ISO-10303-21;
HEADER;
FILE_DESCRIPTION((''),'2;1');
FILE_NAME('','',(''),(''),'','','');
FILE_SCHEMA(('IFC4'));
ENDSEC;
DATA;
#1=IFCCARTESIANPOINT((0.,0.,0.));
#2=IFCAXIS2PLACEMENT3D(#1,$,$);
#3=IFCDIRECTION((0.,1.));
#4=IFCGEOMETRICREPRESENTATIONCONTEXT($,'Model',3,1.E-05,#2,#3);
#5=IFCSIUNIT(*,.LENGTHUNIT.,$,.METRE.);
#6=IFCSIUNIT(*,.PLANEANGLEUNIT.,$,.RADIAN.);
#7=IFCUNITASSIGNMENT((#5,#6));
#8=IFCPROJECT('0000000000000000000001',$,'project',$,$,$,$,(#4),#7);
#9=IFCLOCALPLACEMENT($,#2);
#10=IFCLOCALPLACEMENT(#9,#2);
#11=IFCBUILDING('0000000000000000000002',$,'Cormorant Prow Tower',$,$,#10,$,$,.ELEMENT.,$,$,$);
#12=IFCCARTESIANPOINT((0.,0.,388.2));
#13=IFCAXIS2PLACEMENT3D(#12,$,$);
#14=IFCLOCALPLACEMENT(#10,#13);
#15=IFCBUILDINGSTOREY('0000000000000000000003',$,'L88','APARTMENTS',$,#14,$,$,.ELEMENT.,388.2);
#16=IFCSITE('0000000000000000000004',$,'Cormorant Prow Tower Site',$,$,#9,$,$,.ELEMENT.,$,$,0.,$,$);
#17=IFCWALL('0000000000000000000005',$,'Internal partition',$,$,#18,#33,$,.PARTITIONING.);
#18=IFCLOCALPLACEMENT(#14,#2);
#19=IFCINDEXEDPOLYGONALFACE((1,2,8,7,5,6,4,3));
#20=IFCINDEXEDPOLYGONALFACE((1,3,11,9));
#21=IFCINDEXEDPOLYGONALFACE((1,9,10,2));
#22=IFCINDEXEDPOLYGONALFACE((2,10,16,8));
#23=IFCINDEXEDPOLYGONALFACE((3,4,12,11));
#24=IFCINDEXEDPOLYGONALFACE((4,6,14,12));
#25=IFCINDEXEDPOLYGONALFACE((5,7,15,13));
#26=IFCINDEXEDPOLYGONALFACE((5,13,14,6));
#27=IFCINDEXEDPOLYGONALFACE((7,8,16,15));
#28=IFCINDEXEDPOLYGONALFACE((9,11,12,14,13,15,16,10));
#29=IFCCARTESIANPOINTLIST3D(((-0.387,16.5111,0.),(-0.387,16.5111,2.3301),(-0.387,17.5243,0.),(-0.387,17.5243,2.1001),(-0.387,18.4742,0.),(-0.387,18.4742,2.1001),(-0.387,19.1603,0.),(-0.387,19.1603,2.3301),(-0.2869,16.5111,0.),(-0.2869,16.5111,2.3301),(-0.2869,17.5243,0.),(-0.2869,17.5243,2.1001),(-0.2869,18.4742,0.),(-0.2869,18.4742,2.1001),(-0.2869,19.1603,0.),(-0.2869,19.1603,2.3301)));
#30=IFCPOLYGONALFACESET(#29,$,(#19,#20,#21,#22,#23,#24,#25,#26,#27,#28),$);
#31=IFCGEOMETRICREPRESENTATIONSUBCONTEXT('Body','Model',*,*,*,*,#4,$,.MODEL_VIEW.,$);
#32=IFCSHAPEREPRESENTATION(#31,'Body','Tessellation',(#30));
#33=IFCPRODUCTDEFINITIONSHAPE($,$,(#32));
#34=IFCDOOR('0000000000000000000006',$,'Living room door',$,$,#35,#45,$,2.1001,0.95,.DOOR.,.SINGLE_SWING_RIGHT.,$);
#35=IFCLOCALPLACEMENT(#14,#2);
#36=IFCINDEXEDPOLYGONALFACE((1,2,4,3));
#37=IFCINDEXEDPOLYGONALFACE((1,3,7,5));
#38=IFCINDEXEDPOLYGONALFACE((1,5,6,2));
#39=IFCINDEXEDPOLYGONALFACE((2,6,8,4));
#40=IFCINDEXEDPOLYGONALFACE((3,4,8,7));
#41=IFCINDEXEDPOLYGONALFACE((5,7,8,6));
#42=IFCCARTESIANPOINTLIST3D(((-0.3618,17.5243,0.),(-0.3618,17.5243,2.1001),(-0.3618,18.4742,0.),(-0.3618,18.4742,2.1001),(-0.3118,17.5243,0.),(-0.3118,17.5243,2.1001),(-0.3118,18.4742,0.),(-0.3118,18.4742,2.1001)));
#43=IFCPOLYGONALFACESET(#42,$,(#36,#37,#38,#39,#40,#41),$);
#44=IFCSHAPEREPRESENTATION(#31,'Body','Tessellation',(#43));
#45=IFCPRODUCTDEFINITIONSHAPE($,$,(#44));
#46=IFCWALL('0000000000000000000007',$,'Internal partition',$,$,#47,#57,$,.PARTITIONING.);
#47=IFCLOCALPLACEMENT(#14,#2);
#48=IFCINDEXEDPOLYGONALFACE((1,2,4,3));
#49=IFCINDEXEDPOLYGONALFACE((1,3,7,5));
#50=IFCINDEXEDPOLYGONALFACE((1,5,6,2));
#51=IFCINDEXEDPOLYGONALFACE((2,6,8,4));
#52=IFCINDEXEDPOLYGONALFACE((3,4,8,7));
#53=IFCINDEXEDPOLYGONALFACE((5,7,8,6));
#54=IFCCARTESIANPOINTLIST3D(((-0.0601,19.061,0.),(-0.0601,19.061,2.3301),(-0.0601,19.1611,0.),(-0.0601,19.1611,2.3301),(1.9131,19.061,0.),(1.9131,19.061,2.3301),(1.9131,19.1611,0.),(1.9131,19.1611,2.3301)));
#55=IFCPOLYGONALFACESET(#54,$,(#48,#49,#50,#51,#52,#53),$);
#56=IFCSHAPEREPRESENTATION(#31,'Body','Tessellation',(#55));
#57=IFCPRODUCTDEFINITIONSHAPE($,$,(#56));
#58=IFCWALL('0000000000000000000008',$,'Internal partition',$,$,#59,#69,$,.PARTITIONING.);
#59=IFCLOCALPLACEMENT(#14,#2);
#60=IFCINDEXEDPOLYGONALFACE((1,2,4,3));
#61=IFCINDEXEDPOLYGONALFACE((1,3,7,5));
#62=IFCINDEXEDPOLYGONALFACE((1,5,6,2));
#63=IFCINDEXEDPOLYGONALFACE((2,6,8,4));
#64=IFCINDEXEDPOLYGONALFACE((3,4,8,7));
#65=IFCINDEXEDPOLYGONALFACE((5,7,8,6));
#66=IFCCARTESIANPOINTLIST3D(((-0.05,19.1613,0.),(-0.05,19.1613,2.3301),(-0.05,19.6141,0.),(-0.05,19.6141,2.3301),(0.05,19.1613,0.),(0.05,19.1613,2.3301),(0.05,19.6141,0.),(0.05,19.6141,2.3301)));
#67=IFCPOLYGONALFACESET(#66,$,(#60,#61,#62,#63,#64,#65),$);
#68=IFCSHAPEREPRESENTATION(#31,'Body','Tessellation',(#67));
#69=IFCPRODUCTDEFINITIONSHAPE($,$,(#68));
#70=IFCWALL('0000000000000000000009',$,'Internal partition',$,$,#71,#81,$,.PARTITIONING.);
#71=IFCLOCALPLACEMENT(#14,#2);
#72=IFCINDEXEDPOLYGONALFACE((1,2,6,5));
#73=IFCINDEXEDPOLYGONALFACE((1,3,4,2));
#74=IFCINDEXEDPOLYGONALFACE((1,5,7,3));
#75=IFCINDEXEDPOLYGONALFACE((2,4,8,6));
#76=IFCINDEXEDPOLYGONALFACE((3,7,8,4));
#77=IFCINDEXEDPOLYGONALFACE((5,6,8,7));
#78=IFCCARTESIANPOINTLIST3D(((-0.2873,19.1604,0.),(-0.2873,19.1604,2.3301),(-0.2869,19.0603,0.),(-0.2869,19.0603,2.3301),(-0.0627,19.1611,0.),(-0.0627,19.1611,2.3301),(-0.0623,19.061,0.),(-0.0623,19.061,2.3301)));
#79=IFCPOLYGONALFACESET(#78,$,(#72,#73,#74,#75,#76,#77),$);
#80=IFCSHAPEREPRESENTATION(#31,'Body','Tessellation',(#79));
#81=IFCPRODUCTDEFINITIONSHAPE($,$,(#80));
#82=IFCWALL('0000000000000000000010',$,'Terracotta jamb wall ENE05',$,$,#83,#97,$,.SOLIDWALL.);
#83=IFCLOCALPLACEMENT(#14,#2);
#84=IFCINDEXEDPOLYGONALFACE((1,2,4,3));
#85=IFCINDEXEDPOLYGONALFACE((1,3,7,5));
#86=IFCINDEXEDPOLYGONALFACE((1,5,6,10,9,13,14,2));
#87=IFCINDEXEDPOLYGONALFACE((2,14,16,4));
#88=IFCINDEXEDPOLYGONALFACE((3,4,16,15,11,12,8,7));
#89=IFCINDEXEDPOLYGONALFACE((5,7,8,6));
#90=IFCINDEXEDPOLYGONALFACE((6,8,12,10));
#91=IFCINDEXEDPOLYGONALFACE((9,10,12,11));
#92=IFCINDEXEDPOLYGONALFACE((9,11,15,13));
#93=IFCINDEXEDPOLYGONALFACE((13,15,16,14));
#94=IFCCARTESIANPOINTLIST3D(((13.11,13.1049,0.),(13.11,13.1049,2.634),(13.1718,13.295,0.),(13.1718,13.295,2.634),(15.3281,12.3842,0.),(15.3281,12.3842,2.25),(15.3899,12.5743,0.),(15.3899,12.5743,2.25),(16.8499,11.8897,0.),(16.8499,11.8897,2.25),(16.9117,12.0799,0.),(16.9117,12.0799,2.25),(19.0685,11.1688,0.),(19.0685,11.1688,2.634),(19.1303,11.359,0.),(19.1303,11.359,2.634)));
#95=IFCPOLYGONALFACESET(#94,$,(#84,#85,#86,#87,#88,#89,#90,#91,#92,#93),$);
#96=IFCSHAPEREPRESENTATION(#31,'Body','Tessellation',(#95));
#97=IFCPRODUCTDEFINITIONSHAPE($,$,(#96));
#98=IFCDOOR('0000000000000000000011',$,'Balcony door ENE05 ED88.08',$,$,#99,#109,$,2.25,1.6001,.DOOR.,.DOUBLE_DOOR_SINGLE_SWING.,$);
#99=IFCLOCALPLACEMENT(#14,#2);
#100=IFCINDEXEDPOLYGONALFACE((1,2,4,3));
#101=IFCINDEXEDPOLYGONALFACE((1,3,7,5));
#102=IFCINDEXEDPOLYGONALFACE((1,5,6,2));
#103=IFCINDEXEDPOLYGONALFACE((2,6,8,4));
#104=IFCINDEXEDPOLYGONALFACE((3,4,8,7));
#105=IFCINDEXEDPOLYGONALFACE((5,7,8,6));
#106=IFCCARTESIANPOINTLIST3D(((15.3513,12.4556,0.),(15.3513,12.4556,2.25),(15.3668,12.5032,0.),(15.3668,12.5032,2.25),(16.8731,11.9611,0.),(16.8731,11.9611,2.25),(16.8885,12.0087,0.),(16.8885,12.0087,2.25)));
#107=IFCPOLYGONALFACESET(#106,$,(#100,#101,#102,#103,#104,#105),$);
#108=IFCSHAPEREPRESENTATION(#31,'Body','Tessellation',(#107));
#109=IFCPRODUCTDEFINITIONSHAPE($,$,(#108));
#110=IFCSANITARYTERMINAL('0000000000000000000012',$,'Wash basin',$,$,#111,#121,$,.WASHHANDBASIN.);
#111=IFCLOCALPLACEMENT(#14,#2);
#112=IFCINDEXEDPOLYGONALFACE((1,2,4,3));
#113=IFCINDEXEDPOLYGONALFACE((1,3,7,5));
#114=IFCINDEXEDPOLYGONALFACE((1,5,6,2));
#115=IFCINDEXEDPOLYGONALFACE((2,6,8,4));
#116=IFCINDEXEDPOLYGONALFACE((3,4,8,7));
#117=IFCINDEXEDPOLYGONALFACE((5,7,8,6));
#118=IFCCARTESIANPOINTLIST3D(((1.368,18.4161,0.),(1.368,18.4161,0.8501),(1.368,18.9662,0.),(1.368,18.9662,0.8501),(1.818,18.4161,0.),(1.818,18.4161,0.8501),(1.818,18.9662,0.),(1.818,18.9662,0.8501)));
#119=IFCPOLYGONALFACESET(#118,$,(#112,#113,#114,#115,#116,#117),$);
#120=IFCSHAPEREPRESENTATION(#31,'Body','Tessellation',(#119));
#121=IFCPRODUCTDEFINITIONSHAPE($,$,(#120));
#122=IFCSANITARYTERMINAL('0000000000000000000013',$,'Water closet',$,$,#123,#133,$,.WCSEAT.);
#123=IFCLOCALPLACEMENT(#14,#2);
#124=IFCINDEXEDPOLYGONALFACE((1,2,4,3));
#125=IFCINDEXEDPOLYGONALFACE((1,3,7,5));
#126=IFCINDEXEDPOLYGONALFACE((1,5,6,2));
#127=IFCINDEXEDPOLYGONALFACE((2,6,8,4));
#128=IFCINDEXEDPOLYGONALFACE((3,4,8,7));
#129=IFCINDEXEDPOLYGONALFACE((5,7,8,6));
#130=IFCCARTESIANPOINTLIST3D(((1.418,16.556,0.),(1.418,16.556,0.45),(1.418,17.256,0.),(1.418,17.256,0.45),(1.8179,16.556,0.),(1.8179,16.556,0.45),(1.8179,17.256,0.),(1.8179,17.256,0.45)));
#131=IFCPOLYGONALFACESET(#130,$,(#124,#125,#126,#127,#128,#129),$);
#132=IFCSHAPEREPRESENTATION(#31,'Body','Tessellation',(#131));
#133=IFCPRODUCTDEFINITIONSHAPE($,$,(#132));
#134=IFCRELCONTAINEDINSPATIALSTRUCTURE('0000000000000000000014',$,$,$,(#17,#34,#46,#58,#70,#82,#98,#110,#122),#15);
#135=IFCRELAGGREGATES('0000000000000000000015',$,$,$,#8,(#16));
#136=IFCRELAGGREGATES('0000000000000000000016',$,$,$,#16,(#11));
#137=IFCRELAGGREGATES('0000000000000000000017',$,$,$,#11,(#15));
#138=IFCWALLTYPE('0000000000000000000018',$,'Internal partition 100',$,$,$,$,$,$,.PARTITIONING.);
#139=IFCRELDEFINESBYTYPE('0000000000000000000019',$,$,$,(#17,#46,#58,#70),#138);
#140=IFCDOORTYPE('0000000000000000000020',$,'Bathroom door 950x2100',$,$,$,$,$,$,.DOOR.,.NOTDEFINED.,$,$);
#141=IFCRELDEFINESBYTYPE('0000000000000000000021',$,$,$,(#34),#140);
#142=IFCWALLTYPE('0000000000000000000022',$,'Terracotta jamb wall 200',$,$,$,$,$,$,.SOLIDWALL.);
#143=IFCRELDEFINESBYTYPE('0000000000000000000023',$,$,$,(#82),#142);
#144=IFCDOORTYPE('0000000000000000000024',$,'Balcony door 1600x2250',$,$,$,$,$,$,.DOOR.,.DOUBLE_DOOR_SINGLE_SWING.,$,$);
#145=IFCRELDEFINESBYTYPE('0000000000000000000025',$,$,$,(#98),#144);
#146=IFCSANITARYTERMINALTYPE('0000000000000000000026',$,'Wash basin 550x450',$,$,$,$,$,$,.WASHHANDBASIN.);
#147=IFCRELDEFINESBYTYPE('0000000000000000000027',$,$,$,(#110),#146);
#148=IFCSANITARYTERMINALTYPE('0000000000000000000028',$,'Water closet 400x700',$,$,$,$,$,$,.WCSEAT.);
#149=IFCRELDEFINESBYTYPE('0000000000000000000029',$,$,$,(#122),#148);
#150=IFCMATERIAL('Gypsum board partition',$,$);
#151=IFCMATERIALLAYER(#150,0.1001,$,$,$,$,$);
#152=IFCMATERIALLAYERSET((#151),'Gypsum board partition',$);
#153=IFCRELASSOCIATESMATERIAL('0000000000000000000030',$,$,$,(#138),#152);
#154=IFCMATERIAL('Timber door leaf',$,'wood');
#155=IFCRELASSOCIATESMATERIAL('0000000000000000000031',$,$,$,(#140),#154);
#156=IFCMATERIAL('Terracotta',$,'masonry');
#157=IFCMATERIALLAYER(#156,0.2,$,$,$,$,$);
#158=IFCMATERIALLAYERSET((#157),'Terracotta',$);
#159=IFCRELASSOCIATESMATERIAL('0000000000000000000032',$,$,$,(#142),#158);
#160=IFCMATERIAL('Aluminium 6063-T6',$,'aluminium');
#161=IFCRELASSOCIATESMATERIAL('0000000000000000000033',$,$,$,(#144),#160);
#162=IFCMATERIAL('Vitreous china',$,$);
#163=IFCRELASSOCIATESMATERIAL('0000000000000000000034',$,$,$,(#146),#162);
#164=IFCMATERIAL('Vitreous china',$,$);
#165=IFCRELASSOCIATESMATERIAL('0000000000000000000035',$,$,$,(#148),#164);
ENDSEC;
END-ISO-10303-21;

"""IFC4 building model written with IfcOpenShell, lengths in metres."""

from ifc_helpers import new_model, si_unit, direction, frame, frame_2d, origin, origin_2d, place, context, subcontext, project, spatial, rectangle, extrude, material, layer, layer_set, type_object, element, fill, save


model = new_model("IFC4")

# Units and contexts
model_context = context("Model", 3, precision=1e-05, world=origin(), true_north=direction((0.0, 1.0)))
body_context = subcontext(model_context, "Body", "Model", "MODEL_VIEW")
ifc_project = project(units=[si_unit("LENGTHUNIT", "METRE"), si_unit("PLANEANGLEUNIT", "RADIAN")], contexts=[model_context])

# Site, building, storey
site_placement = place(None, origin())
site = spatial("IfcSite", under=ifc_project, at=site_placement, Name="Cormorant Prow Tower Site", CompositionType="ELEMENT", RefElevation=0.0)
building_placement = place(site_placement, origin())
building = spatial("IfcBuilding", under=site, at=building_placement, Name="Cormorant Prow Tower", CompositionType="ELEMENT")
storey_placement = place(building_placement, frame((0.0, 0.0, 388.2)))
storey = spatial("IfcBuildingStorey", under=building, at=storey_placement, Name="L88", Description="APARTMENTS", CompositionType="ELEMENT", Elevation=388.2)

# Shared definitions
ifc_material_1 = material(Name="Gypsum board partition")
ifc_layer_1 = layer(ifc_material_1, 0.1001)
ifc_layer_set_1 = layer_set([ifc_layer_1], Name="Gypsum board partition")
wall_type_1 = type_object("IfcWallType", Name="Internal partition 100", PredefinedType="PARTITIONING", material=ifc_layer_set_1)

# Wall, opening, door
wall_1_placement = place(storey_placement, frame((-0.3369, 16.511, 0.0), z_axis=(0.0, 0.0, 1.0), x_axis=(0.0, 1.0, 0.0)))
wall_1 = element("IfcWall", 1, at=wall_1_placement, inside=storey, type_object=wall_type_1, Name="Internal partition", PredefinedType="PARTITIONING", context=body_context, shape_type="SweptSolid", body=[
    extrude(rectangle(XDim=2.6492, YDim=0.1001, at=frame_2d((1.3247, 0.0))), origin(), (0.0, 0.0, 1.0), 2.3301),
])
opening_1_placement = place(wall_1_placement, frame((1.0132, 0.0, 0.0)))
opening_1 = element("IfcOpeningElement", 2, at=opening_1_placement, cuts=wall_1, PredefinedType="OPENING", context=body_context, shape_type="SweptSolid", body=[
    extrude(rectangle(XDim=0.95, YDim=2.1001, at=frame_2d((0.4751, 1.05))), frame((0.0, 0.0601, 0.0), z_axis=(0.0, -1.0, 0.0), x_axis=(1.0, 0.0, 0.0)), (0.0, 0.0, 1.0), 0.1201),
])
ifc_material_2 = material(Name="Timber door leaf", Category="wood")
door_type_1 = type_object("IfcDoorType", Name="Bathroom door 950x2100", OperationType="NOTDEFINED", PredefinedType="DOOR", material=ifc_material_2)
door_1_placement = place(opening_1_placement, origin())
door_1 = element("IfcDoor", 3, at=door_1_placement, inside=storey, type_object=door_type_1, Name="Living room door", OperationType="SINGLE_SWING_RIGHT", OverallHeight=2.1001, OverallWidth=0.95, PredefinedType="DOOR", context=body_context, shape_type="SweptSolid", body=[
    extrude(rectangle(XDim=0.95, YDim=2.1001, at=frame_2d((0.4751, 1.05))), frame((0.0, 0.0249, 0.0), z_axis=(0.0, -1.0, 0.0), x_axis=(1.0, 0.0, 0.0)), (0.0, 0.0, 1.0), 0.05),
])
fill(opening_1, door_1)

# Walls
wall_2_placement = place(storey_placement, frame((-0.0601, 19.1111, 0.0), z_axis=(0.0, 0.0, 1.0), x_axis=(1.0, 0.0, 0.0)))
element("IfcWall", 4, at=wall_2_placement, inside=storey, type_object=wall_type_1, Name="Internal partition", PredefinedType="PARTITIONING", context=body_context, shape_type="SweptSolid", body=[
    extrude(rectangle(XDim=1.9731, YDim=0.1001, at=frame_2d((0.9866, 0.0))), origin(), (0.0, 0.0, 1.0), 2.3301),
])
wall_3_placement = place(storey_placement, frame((0.0, 19.1611, 0.0), z_axis=(0.0, 0.0, 1.0), x_axis=(0.0, 1.0, 0.0)))
element("IfcWall", 5, at=wall_3_placement, inside=storey, type_object=wall_type_1, Name="Internal partition", PredefinedType="PARTITIONING", context=body_context, shape_type="SweptSolid", body=[
    extrude(rectangle(XDim=0.4529, YDim=0.1001, at=frame_2d((0.2266, 0.0))), origin(), (0.0, 0.0, 1.0), 2.3301),
])
wall_4_placement = place(storey_placement, frame((-0.2871, 19.1104, 0.0), z_axis=(0.0, 0.0, 1.0), x_axis=(0.999995, 0.003261, 0.0)))
element("IfcWall", 6, at=wall_4_placement, inside=storey, type_object=wall_type_1, Name="Internal partition", PredefinedType="PARTITIONING", context=body_context, shape_type="SweptSolid", body=[
    extrude(rectangle(XDim=0.2246, YDim=0.1001, at=frame_2d((0.1123, 0.0))), origin(), (0.0, 0.0, 1.0), 2.3301),
])

# Wall, opening, door
ifc_material_3 = material(Name="Terracotta", Category="masonry")
ifc_layer_2 = layer(ifc_material_3, 0.2)
ifc_layer_set_2 = layer_set([ifc_layer_2], Name="Terracotta")
wall_type_2 = type_object("IfcWallType", Name="Terracotta jamb wall 200", PredefinedType="SOLIDWALL", material=ifc_layer_set_2)
wall_5_placement = place(storey_placement, frame((19.0994, 11.2639, 0.0), z_axis=(0.0, 0.0, 1.0), x_axis=(-0.951056, 0.309017, 0.0)))
wall_5 = element("IfcWall", 7, at=wall_5_placement, inside=storey, type_object=wall_type_2, Name="Terracotta jamb wall ENE05", PredefinedType="SOLIDWALL", context=body_context, shape_type="SweptSolid", body=[
    extrude(rectangle(XDim=6.2651, YDim=0.2, at=frame_2d((3.1326, 0.0))), origin(), (0.0, 0.0, 1.0), 2.634),
])
opening_2_placement = place(wall_5_placement, frame((2.3328, 0.0, 0.0)))
opening_2 = element("IfcOpeningElement", 8, at=opening_2_placement, cuts=wall_5, PredefinedType="OPENING", context=body_context, shape_type="SweptSolid", body=[
    extrude(rectangle(XDim=1.6001, YDim=2.25, at=frame_2d((0.8, 1.125))), frame((0.0, 0.1099, 0.0), z_axis=(0.0, -1.0, 0.0), x_axis=(1.0, 0.0, 0.0)), (0.0, 0.0, 1.0), 0.22),
])
ifc_material_4 = material(Name="Aluminium 6063-T6", Category="aluminium")
door_type_2 = type_object("IfcDoorType", Name="Balcony door 1600x2250", OperationType="DOUBLE_DOOR_SINGLE_SWING", PredefinedType="DOOR", material=ifc_material_4)
door_2_placement = place(opening_2_placement, origin())
door_2 = element("IfcDoor", 9, at=door_2_placement, inside=storey, type_object=door_type_2, Name="Balcony door ENE05 ED88.08", OperationType="DOUBLE_DOOR_SINGLE_SWING", OverallHeight=2.25, OverallWidth=1.6001, PredefinedType="DOOR", context=body_context, shape_type="SweptSolid", body=[
    extrude(rectangle(XDim=1.6001, YDim=2.25, at=frame_2d((0.8, 1.125))), frame((0.0, 0.0249, 0.0), z_axis=(0.0, -1.0, 0.0), x_axis=(1.0, 0.0, 0.0)), (0.0, 0.0, 1.0), 0.05),
])
fill(opening_2, door_2)

# Sanitary terminals
ifc_material_5 = material(Name="Vitreous china")
sanitary_terminal_type_1 = type_object("IfcSanitaryTerminalType", Name="Wash basin 550x450", PredefinedType="WASHHANDBASIN", material=ifc_material_5)
sanitary_terminal_1_placement = place(storey_placement, frame((1.593, 18.6912, 0.0), z_axis=(0.0, 0.0, 1.0), x_axis=(0.0, -1.0, 0.0)))
element("IfcSanitaryTerminal", 10, at=sanitary_terminal_1_placement, inside=storey, type_object=sanitary_terminal_type_1, Name="Wash basin", PredefinedType="WASHHANDBASIN", context=body_context, shape_type="SweptSolid", body=[
    extrude(rectangle(XDim=0.55, YDim=0.45, at=origin_2d()), origin(), (0.0, 0.0, 1.0), 0.8501),
])
ifc_material_6 = material(Name="Vitreous china")
sanitary_terminal_type_2 = type_object("IfcSanitaryTerminalType", Name="Water closet 400x700", PredefinedType="WCSEAT", material=ifc_material_6)
sanitary_terminal_2_placement = place(storey_placement, frame((1.6179, 16.906, 0.0), z_axis=(0.0, 0.0, 1.0), x_axis=(-1.0, 0.0, 0.0)))
element("IfcSanitaryTerminal", 11, at=sanitary_terminal_2_placement, inside=storey, type_object=sanitary_terminal_type_2, Name="Water closet", PredefinedType="WCSEAT", context=body_context, shape_type="SweptSolid", body=[
    extrude(rectangle(XDim=0.3999, YDim=0.7, at=origin_2d()), origin(), (0.0, 0.0, 1.0), 0.45),
])

save(model, "model.ifc")
